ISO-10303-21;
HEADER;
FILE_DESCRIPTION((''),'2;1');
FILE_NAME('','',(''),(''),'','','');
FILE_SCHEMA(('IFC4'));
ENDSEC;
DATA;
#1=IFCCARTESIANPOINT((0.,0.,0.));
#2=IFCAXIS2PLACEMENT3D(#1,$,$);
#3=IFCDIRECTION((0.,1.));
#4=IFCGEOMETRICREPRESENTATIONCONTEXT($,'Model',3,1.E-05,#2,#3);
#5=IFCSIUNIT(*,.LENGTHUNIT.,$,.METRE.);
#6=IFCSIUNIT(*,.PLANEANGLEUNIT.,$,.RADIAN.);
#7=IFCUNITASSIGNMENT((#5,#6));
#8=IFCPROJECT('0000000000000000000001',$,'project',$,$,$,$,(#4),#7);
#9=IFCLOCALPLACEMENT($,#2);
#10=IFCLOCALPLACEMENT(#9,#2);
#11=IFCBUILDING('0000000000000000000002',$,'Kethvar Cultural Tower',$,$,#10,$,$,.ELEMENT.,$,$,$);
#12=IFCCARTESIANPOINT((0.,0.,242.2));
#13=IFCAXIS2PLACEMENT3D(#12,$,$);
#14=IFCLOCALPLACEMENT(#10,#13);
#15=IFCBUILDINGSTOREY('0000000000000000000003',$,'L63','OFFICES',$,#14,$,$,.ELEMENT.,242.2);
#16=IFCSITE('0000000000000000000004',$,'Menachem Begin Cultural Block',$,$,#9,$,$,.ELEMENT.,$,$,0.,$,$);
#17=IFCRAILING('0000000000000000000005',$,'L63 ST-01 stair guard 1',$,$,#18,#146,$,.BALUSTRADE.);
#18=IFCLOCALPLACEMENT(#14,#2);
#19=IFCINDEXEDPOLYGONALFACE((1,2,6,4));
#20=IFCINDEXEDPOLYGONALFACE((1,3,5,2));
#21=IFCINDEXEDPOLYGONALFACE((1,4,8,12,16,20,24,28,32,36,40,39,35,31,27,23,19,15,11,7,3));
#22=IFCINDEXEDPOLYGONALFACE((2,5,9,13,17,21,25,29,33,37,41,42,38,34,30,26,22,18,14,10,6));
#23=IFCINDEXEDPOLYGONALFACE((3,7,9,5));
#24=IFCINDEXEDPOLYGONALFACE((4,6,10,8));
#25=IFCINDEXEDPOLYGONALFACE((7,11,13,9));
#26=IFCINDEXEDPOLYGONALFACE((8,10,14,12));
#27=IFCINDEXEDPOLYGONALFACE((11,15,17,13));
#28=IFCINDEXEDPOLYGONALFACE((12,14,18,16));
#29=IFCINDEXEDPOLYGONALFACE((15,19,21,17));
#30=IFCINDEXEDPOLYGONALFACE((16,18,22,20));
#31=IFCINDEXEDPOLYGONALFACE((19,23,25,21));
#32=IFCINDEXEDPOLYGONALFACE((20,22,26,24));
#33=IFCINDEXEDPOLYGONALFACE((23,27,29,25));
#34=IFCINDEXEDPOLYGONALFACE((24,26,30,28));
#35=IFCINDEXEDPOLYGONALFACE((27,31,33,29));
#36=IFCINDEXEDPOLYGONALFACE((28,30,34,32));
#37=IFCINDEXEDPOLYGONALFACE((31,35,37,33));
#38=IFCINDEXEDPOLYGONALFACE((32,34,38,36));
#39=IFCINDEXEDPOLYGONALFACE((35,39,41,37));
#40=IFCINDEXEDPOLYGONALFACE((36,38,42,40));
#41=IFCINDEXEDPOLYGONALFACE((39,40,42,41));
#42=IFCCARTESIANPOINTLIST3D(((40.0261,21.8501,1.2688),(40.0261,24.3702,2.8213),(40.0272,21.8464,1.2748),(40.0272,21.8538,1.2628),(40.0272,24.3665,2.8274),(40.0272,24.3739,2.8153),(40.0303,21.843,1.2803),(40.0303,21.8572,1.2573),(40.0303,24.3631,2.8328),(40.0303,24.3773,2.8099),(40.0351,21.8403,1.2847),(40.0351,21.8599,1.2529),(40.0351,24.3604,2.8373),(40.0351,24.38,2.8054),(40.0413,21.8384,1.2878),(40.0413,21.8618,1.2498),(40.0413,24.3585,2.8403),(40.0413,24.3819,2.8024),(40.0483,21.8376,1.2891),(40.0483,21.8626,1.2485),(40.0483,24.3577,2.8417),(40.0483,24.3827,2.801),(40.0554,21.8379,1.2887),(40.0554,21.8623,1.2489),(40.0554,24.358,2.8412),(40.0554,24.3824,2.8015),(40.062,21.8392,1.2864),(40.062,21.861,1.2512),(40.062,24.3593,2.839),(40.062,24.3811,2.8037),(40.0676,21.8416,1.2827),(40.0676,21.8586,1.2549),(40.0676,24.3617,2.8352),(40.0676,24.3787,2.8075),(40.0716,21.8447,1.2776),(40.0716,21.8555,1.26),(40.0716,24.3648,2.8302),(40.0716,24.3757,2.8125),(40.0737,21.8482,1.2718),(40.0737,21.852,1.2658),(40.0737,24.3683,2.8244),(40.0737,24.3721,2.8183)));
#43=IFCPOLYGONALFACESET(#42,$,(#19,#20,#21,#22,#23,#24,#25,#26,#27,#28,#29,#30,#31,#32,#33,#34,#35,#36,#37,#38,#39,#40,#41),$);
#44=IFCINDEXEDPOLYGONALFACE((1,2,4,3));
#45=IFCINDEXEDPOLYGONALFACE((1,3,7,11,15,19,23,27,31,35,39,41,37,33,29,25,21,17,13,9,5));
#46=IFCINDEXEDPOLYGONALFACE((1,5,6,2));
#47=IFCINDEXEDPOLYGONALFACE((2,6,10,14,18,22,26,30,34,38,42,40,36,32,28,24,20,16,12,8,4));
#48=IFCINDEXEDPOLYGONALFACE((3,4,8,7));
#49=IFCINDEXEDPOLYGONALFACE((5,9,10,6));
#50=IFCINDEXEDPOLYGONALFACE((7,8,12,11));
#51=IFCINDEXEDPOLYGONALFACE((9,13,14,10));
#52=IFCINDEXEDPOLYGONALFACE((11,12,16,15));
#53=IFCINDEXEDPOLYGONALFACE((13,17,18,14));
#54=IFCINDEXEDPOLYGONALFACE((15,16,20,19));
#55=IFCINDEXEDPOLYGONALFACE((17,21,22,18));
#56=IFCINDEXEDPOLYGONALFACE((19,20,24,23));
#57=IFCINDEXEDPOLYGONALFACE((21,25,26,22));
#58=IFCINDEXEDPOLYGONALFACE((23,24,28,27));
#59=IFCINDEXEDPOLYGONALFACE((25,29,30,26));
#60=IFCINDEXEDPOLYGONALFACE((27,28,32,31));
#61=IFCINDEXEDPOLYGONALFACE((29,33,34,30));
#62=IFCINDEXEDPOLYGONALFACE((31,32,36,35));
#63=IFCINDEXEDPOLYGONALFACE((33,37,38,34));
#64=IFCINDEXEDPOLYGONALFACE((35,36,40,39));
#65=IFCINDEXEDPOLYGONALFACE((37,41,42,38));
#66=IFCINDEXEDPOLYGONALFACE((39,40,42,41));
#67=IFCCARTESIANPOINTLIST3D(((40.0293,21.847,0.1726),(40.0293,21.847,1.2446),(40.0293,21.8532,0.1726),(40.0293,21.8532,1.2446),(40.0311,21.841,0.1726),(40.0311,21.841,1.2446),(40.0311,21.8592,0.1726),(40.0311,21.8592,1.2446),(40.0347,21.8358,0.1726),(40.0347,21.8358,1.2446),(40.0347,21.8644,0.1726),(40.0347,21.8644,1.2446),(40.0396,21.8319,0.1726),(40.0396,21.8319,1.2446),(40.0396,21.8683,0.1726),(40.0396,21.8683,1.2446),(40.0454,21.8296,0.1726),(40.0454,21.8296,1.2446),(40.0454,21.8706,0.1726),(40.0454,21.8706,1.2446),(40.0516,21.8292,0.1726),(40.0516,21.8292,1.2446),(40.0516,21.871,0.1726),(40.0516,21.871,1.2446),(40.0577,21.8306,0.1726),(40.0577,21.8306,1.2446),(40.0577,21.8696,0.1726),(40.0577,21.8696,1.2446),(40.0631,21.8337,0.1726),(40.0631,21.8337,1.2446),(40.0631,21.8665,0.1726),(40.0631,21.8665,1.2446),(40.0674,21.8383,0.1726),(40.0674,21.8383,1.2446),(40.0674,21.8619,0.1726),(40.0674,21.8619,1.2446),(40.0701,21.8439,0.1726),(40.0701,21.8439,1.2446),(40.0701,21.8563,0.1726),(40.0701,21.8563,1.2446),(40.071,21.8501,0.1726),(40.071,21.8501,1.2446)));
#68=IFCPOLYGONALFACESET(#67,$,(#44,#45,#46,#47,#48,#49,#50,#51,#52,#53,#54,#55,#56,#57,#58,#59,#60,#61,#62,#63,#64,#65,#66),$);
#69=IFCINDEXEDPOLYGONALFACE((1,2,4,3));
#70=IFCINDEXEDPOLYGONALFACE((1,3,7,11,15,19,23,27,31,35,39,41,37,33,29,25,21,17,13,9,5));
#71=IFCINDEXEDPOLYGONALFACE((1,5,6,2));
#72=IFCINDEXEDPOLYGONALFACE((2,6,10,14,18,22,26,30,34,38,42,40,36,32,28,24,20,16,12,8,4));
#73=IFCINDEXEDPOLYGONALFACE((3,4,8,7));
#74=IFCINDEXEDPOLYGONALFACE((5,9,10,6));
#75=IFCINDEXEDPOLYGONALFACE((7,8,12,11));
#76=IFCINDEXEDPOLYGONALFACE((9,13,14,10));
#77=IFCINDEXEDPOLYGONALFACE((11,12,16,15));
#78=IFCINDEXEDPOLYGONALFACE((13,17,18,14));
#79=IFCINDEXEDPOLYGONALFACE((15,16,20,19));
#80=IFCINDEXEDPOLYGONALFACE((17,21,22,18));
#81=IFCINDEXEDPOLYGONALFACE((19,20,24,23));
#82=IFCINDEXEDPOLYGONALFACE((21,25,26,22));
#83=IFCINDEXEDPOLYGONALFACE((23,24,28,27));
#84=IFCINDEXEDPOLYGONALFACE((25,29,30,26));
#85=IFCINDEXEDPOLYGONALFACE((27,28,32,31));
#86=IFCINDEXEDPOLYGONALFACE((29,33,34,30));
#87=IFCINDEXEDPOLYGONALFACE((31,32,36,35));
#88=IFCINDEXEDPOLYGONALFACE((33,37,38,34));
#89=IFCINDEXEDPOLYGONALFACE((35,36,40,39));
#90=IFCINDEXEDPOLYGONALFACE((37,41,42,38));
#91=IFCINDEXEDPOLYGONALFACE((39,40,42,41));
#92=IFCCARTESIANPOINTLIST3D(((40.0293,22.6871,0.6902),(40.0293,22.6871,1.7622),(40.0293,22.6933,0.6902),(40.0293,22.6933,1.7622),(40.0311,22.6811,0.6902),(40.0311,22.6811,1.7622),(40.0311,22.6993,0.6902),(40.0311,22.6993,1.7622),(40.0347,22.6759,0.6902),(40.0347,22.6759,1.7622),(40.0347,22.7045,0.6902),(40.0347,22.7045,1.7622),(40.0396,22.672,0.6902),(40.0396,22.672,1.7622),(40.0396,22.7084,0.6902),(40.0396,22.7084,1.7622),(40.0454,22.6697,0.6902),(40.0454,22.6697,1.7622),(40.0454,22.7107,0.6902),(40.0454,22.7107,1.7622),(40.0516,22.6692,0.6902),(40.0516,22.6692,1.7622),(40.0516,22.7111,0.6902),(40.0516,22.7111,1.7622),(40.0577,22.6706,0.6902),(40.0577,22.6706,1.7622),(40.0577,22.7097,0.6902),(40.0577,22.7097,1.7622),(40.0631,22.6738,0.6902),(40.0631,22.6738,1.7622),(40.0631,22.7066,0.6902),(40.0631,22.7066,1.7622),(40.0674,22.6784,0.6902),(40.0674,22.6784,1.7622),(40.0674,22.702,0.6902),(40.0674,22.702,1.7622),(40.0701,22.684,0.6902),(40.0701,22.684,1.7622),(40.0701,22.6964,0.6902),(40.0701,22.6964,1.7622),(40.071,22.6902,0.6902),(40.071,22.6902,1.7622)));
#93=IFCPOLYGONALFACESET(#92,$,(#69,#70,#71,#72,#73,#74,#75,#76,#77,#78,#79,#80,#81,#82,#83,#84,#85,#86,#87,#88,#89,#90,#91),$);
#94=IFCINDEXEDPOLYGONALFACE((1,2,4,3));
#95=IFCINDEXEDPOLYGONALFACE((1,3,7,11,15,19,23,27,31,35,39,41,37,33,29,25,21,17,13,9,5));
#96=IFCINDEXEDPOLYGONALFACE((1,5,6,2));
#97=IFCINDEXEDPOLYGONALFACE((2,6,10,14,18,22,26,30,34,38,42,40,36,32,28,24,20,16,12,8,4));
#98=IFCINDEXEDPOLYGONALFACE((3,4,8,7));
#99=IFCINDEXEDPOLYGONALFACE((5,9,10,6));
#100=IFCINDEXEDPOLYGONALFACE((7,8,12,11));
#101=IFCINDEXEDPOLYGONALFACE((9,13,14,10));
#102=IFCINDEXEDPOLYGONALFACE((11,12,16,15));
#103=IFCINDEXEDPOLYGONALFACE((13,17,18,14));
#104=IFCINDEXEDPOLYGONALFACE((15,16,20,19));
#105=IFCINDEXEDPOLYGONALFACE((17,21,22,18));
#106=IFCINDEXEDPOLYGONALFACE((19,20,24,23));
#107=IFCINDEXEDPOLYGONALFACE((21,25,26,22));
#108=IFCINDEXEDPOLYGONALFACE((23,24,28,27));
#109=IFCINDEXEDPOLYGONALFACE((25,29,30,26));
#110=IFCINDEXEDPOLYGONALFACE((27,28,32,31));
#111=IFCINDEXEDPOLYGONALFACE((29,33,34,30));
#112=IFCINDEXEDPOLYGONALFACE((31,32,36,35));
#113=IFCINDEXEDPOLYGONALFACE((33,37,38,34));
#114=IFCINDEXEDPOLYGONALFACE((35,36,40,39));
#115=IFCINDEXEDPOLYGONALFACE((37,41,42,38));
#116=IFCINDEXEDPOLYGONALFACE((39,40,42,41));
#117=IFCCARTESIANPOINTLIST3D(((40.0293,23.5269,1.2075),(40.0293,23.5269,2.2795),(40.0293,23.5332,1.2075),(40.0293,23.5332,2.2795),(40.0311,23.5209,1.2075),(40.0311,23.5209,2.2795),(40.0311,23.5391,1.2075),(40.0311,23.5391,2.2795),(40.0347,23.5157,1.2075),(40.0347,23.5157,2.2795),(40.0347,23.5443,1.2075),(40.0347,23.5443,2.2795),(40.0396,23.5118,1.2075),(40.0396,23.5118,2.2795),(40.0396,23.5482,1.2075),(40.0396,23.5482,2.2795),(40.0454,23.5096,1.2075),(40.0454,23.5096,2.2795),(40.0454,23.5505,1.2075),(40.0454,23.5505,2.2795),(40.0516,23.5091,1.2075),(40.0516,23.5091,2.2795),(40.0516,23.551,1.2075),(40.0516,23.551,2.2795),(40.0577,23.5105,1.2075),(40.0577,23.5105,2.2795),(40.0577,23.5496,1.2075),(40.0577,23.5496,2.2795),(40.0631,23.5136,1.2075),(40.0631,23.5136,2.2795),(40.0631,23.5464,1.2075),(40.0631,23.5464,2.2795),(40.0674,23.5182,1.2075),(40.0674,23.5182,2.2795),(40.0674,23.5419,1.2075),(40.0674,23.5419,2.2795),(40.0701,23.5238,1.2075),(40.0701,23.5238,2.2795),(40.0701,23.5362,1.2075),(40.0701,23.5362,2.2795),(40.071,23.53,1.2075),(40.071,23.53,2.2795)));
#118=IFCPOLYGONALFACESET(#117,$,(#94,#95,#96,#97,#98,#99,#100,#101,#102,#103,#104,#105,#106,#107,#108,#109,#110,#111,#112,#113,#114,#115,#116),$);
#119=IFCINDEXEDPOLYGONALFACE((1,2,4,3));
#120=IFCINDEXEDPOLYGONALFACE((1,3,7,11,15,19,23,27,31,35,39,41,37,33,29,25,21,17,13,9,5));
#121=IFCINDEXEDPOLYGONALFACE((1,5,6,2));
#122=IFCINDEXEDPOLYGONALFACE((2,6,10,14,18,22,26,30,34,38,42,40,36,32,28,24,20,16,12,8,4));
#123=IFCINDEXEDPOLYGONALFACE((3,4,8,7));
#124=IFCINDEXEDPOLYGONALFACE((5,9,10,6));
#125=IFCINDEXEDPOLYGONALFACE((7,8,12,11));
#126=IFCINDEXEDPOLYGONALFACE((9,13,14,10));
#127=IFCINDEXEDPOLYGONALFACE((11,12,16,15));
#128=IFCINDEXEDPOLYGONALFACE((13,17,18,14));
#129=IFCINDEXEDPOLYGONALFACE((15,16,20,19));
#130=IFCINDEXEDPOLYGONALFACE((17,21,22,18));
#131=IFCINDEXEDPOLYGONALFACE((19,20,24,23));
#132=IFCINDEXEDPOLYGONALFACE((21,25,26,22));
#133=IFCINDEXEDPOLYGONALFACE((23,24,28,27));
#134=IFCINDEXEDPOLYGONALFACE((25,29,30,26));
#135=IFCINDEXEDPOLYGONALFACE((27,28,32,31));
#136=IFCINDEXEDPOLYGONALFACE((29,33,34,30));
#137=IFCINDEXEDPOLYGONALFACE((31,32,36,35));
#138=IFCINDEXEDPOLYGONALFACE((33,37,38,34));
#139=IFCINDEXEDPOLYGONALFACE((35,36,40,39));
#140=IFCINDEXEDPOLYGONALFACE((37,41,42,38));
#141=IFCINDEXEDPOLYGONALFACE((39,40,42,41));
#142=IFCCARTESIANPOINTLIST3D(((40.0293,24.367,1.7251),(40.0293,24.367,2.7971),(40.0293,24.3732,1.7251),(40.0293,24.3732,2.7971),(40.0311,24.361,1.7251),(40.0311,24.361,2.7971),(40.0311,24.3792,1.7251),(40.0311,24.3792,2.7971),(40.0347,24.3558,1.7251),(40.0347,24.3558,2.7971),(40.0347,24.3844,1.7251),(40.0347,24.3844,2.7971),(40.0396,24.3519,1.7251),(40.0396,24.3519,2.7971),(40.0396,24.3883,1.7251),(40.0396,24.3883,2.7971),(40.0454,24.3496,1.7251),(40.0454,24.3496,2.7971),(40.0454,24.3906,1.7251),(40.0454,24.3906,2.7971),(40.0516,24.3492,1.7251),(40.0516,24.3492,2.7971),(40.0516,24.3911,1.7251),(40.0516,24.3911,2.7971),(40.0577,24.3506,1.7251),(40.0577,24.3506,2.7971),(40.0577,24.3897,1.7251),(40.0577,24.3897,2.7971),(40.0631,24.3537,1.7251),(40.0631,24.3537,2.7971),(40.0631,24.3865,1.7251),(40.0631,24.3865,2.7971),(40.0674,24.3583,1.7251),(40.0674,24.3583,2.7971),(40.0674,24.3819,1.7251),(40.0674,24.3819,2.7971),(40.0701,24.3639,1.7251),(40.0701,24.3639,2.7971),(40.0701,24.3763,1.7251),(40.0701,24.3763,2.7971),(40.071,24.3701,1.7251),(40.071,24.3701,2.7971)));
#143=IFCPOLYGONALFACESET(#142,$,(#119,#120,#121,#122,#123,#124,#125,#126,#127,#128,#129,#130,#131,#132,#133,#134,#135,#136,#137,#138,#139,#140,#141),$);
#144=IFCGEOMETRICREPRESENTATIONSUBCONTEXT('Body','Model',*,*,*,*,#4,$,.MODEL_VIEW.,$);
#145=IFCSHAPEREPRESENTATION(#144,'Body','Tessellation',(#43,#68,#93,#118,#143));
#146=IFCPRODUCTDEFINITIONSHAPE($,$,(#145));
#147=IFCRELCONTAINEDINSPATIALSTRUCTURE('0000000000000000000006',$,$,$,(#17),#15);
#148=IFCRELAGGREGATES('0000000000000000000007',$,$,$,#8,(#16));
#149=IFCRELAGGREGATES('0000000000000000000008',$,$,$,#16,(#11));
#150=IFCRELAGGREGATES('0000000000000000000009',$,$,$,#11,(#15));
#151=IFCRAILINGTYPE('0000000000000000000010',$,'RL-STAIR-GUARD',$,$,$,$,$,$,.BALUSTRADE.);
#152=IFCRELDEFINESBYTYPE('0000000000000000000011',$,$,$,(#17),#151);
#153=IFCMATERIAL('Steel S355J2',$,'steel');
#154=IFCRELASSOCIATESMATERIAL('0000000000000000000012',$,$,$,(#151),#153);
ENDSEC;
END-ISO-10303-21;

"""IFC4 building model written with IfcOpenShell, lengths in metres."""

from ifc_helpers import new_model, si_unit, direction, frame, origin, origin_2d, place, context, subcontext, project, spatial, circle, extrude, material, type_object, element, save


model = new_model("IFC4")

# Units and contexts
model_context = context("Model", 3, precision=1e-05, world=origin(), true_north=direction((0.0, 1.0)))
body_context = subcontext(model_context, "Body", "Model", "MODEL_VIEW")
ifc_project = project(units=[si_unit("LENGTHUNIT", "METRE"), si_unit("PLANEANGLEUNIT", "RADIAN")], contexts=[model_context])

# Site, building, storey
site_placement = place(None, origin())
site = spatial("IfcSite", under=ifc_project, at=site_placement, Name="Menachem Begin Cultural Block", CompositionType="ELEMENT", RefElevation=0.0)
building_placement = place(site_placement, origin())
building = spatial("IfcBuilding", under=site, at=building_placement, Name="Kethvar Cultural Tower", CompositionType="ELEMENT")
storey_placement = place(building_placement, frame((0.0, 0.0, 242.2)))
storey = spatial("IfcBuildingStorey", under=building, at=storey_placement, Name="L63", Description="OFFICES", CompositionType="ELEMENT", Elevation=242.2)

# Shared definitions
ifc_material_1 = material(Name="Steel S355J2", Category="steel")

# Railing
railing_type_1 = type_object("IfcRailingType", Name="RL-STAIR-GUARD", PredefinedType="BALUSTRADE", material=ifc_material_1)
railing_1_placement = place(storey_placement, frame((40.05, 21.8501, 0.1726)))
element("IfcRailing", 1, at=railing_1_placement, inside=storey, type_object=railing_type_1, Name="L63 ST-01 stair guard 1", PredefinedType="BALUSTRADE", context=body_context, shape_type="SweptSolid", body=[
    extrude(circle(Radius=0.0239, at=origin_2d()), frame((0.0, 0.0, 1.0962), z_axis=(0.0, 0.8514, 0.524516), x_axis=(-1.0, 0.0, 0.0)), (0.0, 0.0, 1.0), 2.96),
    extrude(circle(Radius=0.021, at=origin_2d()), origin(), (0.0, 0.0, 1.0), 1.072),
    extrude(circle(Radius=0.021, at=origin_2d()), frame((0.0, 0.8401, 0.5176)), (0.0, 0.0, 1.0), 1.072),
    extrude(circle(Radius=0.021, at=origin_2d()), frame((0.0, 1.6799, 1.0349)), (0.0, 0.0, 1.0), 1.072),
    extrude(circle(Radius=0.021, at=origin_2d()), frame((0.0, 2.52, 1.5525)), (0.0, 0.0, 1.0), 1.072),
])

save(model, "model.ifc")
